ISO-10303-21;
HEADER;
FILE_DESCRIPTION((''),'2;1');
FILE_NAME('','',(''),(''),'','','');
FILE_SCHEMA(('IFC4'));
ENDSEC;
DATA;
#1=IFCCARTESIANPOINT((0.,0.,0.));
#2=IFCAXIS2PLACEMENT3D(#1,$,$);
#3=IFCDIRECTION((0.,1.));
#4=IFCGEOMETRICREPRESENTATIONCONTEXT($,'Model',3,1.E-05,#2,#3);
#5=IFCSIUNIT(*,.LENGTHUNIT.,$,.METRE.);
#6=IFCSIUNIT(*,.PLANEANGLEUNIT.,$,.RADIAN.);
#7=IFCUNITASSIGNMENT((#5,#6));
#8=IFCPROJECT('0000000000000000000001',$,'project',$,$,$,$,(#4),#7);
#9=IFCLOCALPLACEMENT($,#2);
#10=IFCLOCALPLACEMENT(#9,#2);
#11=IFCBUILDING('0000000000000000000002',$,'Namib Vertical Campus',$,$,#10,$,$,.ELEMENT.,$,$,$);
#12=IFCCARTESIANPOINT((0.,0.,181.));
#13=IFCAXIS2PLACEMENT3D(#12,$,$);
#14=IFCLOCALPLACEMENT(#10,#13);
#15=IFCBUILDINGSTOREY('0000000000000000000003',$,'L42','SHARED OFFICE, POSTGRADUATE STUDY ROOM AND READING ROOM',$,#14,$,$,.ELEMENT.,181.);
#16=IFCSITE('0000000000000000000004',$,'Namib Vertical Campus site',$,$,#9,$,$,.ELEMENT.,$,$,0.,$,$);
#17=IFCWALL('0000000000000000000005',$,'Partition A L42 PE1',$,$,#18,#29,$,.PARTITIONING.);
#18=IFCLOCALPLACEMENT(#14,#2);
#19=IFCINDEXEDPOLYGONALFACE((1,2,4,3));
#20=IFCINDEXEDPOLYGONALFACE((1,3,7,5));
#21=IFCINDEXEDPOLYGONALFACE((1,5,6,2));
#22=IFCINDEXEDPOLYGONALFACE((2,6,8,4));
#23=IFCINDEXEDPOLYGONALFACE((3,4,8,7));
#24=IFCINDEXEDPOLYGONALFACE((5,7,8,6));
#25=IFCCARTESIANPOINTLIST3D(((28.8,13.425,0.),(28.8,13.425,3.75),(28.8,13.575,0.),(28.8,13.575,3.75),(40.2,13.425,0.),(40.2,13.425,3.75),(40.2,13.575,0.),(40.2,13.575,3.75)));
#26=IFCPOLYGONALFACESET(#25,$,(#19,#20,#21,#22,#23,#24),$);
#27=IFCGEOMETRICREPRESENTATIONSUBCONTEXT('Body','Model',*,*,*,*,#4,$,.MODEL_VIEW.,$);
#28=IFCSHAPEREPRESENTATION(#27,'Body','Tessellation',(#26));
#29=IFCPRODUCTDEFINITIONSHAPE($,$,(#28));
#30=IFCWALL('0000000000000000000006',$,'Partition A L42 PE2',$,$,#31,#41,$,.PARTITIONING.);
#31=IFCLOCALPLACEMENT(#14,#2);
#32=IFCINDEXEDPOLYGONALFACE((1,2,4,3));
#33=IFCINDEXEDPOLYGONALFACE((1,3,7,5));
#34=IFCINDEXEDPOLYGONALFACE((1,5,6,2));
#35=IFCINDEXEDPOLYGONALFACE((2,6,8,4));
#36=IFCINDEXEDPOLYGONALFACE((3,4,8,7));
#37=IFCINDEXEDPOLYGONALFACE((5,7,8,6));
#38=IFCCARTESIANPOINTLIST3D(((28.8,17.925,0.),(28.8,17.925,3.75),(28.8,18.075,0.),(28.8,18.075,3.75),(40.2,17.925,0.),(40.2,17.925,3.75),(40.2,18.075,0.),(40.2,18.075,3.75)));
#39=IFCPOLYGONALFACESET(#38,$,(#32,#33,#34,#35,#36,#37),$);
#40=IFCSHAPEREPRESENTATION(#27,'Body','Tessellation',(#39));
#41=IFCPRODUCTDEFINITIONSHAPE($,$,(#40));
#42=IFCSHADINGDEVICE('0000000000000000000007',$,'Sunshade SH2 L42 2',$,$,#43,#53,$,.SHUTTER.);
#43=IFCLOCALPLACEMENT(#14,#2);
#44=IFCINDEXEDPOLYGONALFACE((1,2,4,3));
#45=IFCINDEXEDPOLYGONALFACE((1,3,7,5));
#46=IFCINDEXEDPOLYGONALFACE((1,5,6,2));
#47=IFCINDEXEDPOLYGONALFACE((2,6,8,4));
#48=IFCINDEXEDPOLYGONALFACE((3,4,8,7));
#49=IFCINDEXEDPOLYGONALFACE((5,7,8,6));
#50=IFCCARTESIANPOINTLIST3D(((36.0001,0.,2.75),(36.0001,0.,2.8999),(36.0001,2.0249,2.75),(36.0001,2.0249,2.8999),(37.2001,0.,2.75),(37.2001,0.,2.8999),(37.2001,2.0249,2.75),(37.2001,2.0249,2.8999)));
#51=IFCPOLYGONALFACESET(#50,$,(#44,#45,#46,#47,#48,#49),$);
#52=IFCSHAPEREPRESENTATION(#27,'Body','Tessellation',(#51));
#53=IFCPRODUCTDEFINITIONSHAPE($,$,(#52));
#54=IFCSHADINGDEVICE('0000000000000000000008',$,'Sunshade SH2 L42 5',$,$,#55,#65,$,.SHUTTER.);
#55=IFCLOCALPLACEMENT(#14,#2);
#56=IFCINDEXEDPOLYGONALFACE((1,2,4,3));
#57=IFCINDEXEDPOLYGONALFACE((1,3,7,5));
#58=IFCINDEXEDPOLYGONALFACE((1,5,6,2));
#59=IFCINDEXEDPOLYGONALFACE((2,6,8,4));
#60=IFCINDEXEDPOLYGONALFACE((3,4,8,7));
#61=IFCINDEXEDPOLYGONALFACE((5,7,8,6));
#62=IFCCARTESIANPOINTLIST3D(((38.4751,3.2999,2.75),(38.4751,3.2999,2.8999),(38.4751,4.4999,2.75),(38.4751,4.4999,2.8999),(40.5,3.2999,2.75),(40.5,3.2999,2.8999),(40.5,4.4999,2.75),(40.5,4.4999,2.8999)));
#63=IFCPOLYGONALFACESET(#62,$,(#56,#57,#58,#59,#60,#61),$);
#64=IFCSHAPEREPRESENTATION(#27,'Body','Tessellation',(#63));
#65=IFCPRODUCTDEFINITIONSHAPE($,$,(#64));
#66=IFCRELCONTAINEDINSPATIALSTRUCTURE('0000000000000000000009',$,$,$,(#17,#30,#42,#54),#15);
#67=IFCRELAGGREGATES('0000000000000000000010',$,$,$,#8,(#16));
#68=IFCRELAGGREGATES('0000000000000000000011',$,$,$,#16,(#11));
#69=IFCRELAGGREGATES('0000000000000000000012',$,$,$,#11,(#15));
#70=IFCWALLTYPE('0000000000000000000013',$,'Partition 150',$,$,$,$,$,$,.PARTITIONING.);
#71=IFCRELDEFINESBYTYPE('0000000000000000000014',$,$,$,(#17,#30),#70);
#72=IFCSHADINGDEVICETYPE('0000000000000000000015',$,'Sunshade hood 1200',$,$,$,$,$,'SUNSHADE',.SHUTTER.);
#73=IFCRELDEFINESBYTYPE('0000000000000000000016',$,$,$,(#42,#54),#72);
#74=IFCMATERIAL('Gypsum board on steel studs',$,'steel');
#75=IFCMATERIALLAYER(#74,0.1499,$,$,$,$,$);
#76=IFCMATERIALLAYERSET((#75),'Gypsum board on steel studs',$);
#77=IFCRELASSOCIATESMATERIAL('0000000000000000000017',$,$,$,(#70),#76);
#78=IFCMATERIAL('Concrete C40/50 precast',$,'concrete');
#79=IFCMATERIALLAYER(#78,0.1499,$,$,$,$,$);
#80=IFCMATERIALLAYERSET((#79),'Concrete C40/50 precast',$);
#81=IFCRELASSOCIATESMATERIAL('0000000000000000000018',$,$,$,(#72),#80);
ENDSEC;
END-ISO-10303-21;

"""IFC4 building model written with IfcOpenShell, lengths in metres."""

from ifc_helpers import new_model, si_unit, direction, frame, frame_2d, origin, origin_2d, place, context, subcontext, project, spatial, rectangle, extrude, material, layer, layer_set, type_object, element, save


model = new_model("IFC4")

# Units and contexts
model_context = context("Model", 3, precision=1e-05, world=origin(), true_north=direction((0.0, 1.0)))
body_context = subcontext(model_context, "Body", "Model", "MODEL_VIEW")
ifc_project = project(units=[si_unit("LENGTHUNIT", "METRE"), si_unit("PLANEANGLEUNIT", "RADIAN")], contexts=[model_context])

# Site, building, storey
site_placement = place(None, origin())
site = spatial("IfcSite", under=ifc_project, at=site_placement, Name="Namib Vertical Campus site", CompositionType="ELEMENT", RefElevation=0.0)
building_placement = place(site_placement, origin())
building = spatial("IfcBuilding", under=site, at=building_placement, Name="Namib Vertical Campus", CompositionType="ELEMENT")
storey_placement = place(building_placement, frame((0.0, 0.0, 181.0)))
storey = spatial("IfcBuildingStorey", under=building, at=storey_placement, Name="L42", Description="SHARED OFFICE, POSTGRADUATE STUDY ROOM AND READING ROOM", CompositionType="ELEMENT", Elevation=181.0)

# Walls
ifc_material_1 = material(Name="Gypsum board on steel studs", Category="steel")
ifc_layer_1 = layer(ifc_material_1, 0.1499)
ifc_layer_set_1 = layer_set([ifc_layer_1], Name="Gypsum board on steel studs")
wall_type_1 = type_object("IfcWallType", Name="Partition 150", PredefinedType="PARTITIONING", material=ifc_layer_set_1)
for number, where, z_axis, x_axis, name in (
    (1, (28.8, 13.5, 0.0), (0.0, 0.0, 1.0), (1.0, 0.0, 0.0), "Partition A L42 PE1"),
    (2, (28.8, 18.0, 0.0), (0.0, 0.0, 1.0), (1.0, 0.0, 0.0), "Partition A L42 PE2"),
):
    element("IfcWall", number, at=place(storey_placement, frame(where, z_axis=z_axis, x_axis=x_axis)), inside=storey, type_object=wall_type_1, Name=name, PredefinedType="PARTITIONING", context=body_context, shape_type="SweptSolid", body=[
        extrude(rectangle(XDim=11.3999, YDim=0.1499, at=frame_2d((5.7, 0.0))), origin(), (0.0, 0.0, 1.0), 3.75),
    ])

# Shading devices
ifc_material_2 = material(Name="Concrete C40/50 precast", Category="concrete")
ifc_layer_2 = layer(ifc_material_2, 0.1499)
ifc_layer_set_2 = layer_set([ifc_layer_2], Name="Concrete C40/50 precast")
shading_device_type = type_object("IfcShadingDeviceType", Name="Sunshade hood 1200", ElementType="SUNSHADE", PredefinedType="SHUTTER", material=ifc_layer_set_2)
for number, where, z_axis, x_axis, name in (
    (3, (36.6001, 1.0125, 2.75), (0.0, 0.0, 1.0), (0.0, 1.0, 0.0), "Sunshade SH2 L42 2"),
    (4, (39.4875, 3.8999, 2.75), (0.0, 0.0, 1.0), (1.0, 0.0, 0.0), "Sunshade SH2 L42 5"),
):
    element("IfcShadingDevice", number, at=place(storey_placement, frame(where, z_axis=z_axis, x_axis=x_axis)), inside=storey, type_object=shading_device_type, Name=name, PredefinedType="SHUTTER", context=body_context, shape_type="SweptSolid", body=[
        extrude(rectangle(XDim=2.0249, YDim=1.2, at=origin_2d()), origin(), (0.0, 0.0, 1.0), 0.1499),
    ])

save(model, "model.ifc")
